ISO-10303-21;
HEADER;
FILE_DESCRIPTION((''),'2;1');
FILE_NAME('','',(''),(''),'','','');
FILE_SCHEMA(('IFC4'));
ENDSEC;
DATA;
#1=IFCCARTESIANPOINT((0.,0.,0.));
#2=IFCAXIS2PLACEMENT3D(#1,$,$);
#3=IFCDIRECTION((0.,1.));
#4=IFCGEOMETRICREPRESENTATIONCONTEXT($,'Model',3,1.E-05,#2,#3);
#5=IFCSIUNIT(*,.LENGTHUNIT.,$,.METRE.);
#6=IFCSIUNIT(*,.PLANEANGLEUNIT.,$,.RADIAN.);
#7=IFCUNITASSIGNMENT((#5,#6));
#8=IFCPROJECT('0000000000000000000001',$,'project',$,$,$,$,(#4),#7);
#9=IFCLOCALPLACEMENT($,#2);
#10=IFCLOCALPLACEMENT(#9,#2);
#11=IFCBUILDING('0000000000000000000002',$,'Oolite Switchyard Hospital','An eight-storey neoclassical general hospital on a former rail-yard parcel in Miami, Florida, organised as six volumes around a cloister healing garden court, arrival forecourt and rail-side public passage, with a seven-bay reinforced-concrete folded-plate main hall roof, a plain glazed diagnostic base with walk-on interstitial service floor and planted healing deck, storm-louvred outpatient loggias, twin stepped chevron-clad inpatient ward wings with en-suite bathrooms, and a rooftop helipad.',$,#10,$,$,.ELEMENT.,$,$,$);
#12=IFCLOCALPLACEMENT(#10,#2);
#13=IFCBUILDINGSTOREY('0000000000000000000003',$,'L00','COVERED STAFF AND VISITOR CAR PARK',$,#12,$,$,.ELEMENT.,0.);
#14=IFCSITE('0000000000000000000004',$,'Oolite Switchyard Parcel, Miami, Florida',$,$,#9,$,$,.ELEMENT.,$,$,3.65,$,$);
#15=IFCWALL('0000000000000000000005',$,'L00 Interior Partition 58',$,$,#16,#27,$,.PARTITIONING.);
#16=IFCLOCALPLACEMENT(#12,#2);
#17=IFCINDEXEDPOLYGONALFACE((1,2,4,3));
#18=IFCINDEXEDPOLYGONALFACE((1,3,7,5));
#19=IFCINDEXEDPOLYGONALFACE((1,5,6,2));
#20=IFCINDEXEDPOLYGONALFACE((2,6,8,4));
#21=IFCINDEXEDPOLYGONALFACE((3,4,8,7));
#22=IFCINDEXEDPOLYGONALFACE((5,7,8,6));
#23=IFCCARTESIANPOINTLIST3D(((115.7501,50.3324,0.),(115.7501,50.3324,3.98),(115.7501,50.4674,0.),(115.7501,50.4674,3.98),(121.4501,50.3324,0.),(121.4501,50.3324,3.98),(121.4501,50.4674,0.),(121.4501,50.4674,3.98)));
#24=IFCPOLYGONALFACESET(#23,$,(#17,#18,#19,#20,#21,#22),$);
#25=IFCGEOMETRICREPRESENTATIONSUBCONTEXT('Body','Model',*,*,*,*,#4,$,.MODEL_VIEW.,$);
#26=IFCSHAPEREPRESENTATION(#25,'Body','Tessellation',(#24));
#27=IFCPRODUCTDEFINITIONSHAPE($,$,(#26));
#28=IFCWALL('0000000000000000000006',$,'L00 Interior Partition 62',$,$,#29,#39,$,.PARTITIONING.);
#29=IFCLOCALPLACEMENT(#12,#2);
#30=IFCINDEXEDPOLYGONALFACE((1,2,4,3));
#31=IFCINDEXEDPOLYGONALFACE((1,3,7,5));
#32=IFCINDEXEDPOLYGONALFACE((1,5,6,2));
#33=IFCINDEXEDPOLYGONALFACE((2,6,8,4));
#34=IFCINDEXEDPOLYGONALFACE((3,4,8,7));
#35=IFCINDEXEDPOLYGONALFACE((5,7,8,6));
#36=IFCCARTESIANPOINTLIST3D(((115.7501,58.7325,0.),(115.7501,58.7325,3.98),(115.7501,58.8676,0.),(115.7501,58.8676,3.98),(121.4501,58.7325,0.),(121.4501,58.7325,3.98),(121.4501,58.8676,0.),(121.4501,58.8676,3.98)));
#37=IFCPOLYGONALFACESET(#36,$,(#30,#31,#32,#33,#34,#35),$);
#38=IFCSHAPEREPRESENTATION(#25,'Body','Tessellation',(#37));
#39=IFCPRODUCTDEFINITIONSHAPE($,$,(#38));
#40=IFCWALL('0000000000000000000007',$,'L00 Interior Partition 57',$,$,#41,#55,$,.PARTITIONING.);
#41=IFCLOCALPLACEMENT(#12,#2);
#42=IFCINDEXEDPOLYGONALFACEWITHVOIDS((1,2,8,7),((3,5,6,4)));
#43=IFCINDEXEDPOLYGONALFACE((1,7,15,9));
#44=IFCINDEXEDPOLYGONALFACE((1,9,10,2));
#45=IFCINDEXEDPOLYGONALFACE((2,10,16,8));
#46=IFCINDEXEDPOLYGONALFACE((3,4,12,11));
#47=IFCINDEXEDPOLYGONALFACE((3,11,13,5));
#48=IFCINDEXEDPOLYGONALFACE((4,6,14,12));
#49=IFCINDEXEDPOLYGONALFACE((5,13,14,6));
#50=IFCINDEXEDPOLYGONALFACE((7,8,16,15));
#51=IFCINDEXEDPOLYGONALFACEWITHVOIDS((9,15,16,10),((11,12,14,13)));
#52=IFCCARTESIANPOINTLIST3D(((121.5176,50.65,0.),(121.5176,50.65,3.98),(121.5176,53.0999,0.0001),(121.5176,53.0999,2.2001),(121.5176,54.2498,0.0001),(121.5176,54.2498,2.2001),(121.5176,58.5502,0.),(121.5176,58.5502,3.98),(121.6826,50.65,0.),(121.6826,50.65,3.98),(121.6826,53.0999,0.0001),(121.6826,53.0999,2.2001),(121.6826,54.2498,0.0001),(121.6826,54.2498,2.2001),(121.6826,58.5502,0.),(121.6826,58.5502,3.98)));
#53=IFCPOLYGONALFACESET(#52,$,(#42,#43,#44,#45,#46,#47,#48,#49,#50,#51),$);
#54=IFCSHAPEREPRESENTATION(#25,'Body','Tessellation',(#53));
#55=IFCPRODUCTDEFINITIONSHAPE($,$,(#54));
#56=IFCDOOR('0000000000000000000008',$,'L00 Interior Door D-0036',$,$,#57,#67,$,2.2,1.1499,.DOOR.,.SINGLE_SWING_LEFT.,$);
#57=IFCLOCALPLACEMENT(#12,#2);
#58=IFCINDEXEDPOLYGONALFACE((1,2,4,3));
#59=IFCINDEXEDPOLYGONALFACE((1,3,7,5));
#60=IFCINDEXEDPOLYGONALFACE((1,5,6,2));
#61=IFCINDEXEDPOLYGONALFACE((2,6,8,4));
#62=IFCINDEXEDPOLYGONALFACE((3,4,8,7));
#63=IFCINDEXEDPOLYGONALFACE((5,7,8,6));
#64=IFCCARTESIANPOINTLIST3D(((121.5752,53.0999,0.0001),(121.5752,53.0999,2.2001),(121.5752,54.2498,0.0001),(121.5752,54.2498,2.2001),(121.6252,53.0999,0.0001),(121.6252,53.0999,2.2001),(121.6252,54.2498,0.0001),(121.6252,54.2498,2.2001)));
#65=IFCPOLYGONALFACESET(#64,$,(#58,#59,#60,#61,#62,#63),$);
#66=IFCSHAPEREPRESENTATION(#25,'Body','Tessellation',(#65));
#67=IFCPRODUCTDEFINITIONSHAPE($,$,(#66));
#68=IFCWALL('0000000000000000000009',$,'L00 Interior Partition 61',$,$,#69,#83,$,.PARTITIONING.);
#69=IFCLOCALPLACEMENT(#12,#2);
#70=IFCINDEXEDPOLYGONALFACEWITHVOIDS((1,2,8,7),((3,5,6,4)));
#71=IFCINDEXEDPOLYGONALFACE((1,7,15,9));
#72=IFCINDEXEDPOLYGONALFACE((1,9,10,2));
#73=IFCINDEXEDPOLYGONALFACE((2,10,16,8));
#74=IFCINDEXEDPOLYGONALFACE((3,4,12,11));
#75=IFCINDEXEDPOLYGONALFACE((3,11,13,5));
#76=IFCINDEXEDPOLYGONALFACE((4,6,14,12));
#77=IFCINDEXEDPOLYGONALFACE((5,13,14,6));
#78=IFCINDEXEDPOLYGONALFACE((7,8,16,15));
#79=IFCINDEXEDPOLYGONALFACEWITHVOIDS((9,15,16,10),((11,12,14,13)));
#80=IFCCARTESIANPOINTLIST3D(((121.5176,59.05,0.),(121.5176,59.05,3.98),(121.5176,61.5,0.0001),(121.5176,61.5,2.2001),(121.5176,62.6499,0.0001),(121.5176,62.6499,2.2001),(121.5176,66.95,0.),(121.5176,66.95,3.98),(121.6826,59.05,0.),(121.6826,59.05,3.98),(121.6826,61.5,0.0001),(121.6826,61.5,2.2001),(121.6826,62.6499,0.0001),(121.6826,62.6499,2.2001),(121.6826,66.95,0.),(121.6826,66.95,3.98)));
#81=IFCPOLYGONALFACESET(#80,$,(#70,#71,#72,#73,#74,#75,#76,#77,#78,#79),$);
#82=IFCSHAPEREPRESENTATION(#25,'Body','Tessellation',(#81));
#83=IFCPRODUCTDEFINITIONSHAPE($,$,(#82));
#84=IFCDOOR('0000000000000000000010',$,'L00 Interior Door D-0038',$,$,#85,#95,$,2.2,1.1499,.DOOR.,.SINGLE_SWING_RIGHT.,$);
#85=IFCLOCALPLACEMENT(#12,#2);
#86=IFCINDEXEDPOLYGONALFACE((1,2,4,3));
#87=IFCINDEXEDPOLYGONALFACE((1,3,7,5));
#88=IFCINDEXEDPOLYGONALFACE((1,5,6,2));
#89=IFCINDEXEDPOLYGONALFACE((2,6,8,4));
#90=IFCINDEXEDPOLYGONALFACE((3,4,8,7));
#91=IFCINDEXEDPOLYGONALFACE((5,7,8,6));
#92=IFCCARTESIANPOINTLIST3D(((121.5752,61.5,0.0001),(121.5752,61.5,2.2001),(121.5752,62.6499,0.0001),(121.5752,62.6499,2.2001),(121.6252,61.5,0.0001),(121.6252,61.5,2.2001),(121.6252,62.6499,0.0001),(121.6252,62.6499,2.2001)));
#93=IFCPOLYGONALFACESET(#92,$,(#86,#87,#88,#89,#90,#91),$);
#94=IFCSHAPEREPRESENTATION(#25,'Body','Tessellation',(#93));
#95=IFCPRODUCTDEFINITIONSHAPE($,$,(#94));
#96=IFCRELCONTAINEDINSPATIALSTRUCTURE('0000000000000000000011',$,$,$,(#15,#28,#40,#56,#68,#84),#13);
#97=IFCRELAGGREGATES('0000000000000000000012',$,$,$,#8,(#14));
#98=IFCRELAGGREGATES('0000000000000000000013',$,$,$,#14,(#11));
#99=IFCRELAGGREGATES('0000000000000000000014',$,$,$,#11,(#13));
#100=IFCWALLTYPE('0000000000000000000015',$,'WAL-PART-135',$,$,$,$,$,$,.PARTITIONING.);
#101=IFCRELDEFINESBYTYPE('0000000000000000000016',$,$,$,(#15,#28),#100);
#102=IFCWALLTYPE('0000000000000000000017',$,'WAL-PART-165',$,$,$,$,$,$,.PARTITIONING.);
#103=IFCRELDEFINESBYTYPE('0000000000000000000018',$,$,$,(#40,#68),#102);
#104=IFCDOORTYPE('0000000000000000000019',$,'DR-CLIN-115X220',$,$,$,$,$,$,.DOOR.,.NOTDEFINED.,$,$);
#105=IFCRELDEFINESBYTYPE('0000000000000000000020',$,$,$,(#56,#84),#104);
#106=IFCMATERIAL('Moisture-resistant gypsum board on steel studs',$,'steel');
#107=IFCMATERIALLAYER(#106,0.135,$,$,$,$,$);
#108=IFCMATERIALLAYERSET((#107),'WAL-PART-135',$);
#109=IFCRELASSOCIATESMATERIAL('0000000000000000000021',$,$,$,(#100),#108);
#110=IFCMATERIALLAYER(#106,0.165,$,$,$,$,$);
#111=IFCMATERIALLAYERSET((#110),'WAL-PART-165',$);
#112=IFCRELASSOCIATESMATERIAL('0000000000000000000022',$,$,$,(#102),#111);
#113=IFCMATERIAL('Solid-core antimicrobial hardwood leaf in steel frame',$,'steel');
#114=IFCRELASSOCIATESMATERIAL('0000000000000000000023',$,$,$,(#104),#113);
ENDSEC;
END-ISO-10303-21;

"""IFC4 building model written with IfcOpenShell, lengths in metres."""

from ifc_helpers import new_model, si_unit, direction, frame, frame_2d, origin, place, context, subcontext, project, spatial, rectangle, extrude, material, layer, layer_set, type_object, element, fill, save


model = new_model("IFC4")

# Units and contexts
model_context = context("Model", 3, precision=1e-05, world=origin(), true_north=direction((0.0, 1.0)))
body_context = subcontext(model_context, "Body", "Model", "MODEL_VIEW")
ifc_project = project(units=[si_unit("LENGTHUNIT", "METRE"), si_unit("PLANEANGLEUNIT", "RADIAN")], contexts=[model_context])

# Site, building, storey
site_placement = place(None, origin())
site = spatial("IfcSite", under=ifc_project, at=site_placement, Name="Oolite Switchyard Parcel, Miami, Florida", CompositionType="ELEMENT", RefElevation=3.65)
building_placement = place(site_placement, origin())
building = spatial("IfcBuilding", under=site, at=building_placement, Name="Oolite Switchyard Hospital", Description="An eight-storey neoclassical general hospital on a former rail-yard parcel in Miami, Florida, organised as six volumes around a cloister healing garden court, arrival forecourt and rail-side public passage, with a seven-bay reinforced-concrete folded-plate main hall roof, a plain glazed diagnostic base with walk-on interstitial service floor and planted healing deck, storm-louvred outpatient loggias, twin stepped chevron-clad inpatient ward wings with en-suite bathrooms, and a rooftop helipad.", CompositionType="ELEMENT")
storey_placement = place(building_placement, origin())
storey = spatial("IfcBuildingStorey", under=building, at=storey_placement, Name="L00", Description="COVERED STAFF AND VISITOR CAR PARK", CompositionType="ELEMENT", Elevation=0.0)

# Walls
ifc_material_1 = material(Name="Moisture-resistant gypsum board on steel studs", Category="steel")
ifc_layer_1 = layer(ifc_material_1, 0.135)
ifc_layer_set_1 = layer_set([ifc_layer_1], Name="WAL-PART-135")
wall_type_1 = type_object("IfcWallType", Name="WAL-PART-135", PredefinedType="PARTITIONING", material=ifc_layer_set_1)
for number, where, z_axis, x_axis, name in (
    (1, (115.75, 50.3999, 0.0), (0.0, 0.0, 1.0), (1.0, 0.0, 0.0), "L00 Interior Partition 58"),
    (2, (115.75, 58.8, 0.0), (0.0, 0.0, 1.0), (1.0, 0.0, 0.0), "L00 Interior Partition 62"),
):
    element("IfcWall", number, at=place(storey_placement, frame(where, z_axis=z_axis, x_axis=x_axis)), inside=storey, type_object=wall_type_1, Name=name, PredefinedType="PARTITIONING", context=body_context, shape_type="SweptSolid", body=[
        extrude(rectangle(XDim=5.7, YDim=0.135, at=frame_2d((2.8501, 0.0))), origin(), (0.0, 0.0, 1.0), 3.98),
    ])

# Walls, openings, doors
ifc_layer_2 = layer(ifc_material_1, 0.165)
ifc_layer_set_2 = layer_set([ifc_layer_2], Name="WAL-PART-165")
wall_type_2 = type_object("IfcWallType", Name="WAL-PART-165", PredefinedType="PARTITIONING", material=ifc_layer_set_2)
wall_1_placement = place(storey_placement, frame((121.6001, 50.6499, 0.0), z_axis=(0.0, 0.0, 1.0), x_axis=(0.0, 1.0, 0.0)))
wall_1 = element("IfcWall", 3, at=wall_1_placement, inside=storey, type_object=wall_type_2, Name="L00 Interior Partition 57", PredefinedType="PARTITIONING", context=body_context, shape_type="SweptSolid", body=[
    extrude(rectangle(XDim=7.9001, YDim=0.165, at=frame_2d((3.9502, 0.0))), origin(), (0.0, 0.0, 1.0), 3.98),
])
opening_1_placement = place(wall_1_placement, frame((2.45, 0.0, 0.0)))
opening_1 = element("IfcOpeningElement", 4, at=opening_1_placement, cuts=wall_1, PredefinedType="OPENING", context=body_context, shape_type="SweptSolid", body=[
    extrude(rectangle(XDim=1.1499, YDim=2.2, at=frame_2d((0.575, 1.1001))), frame((0.0, 0.0925, 0.0), z_axis=(0.0, -1.0, 0.0), x_axis=(1.0, 0.0, 0.0)), (0.0, 0.0, 1.0), 0.1851),
])
ifc_material_2 = material(Name="Solid-core antimicrobial hardwood leaf in steel frame", Category="steel")
door_type = type_object("IfcDoorType", Name="DR-CLIN-115X220", OperationType="NOTDEFINED", PredefinedType="DOOR", material=ifc_material_2)
door_1_placement = place(opening_1_placement, origin())
door_1 = element("IfcDoor", 5, at=door_1_placement, inside=storey, type_object=door_type, Name="L00 Interior Door D-0036", OperationType="SINGLE_SWING_LEFT", OverallHeight=2.2, OverallWidth=1.1499, PredefinedType="DOOR", context=body_context, shape_type="SweptSolid", body=[
    extrude(rectangle(XDim=1.1499, YDim=2.2, at=frame_2d((0.575, 1.1001))), frame((0.0, 0.0249, 0.0), z_axis=(0.0, -1.0, 0.0), x_axis=(1.0, 0.0, 0.0)), (0.0, 0.0, 1.0), 0.05),
])
fill(opening_1, door_1)
wall_2_placement = place(storey_placement, frame((121.6001, 59.05, 0.0), z_axis=(0.0, 0.0, 1.0), x_axis=(0.0, 1.0, 0.0)))
wall_2 = element("IfcWall", 6, at=wall_2_placement, inside=storey, type_object=wall_type_2, Name="L00 Interior Partition 61", PredefinedType="PARTITIONING", context=body_context, shape_type="SweptSolid", body=[
    extrude(rectangle(XDim=7.8999, YDim=0.165, at=frame_2d((3.95, 0.0))), origin(), (0.0, 0.0, 1.0), 3.98),
])
opening_2_placement = place(wall_2_placement, frame((2.45, 0.0, 0.0)))
opening_2 = element("IfcOpeningElement", 7, at=opening_2_placement, cuts=wall_2, PredefinedType="OPENING", context=body_context, shape_type="SweptSolid", body=[
    extrude(rectangle(XDim=1.1499, YDim=2.2, at=frame_2d((0.575, 1.1001))), frame((0.0, 0.0925, 0.0), z_axis=(0.0, -1.0, 0.0), x_axis=(1.0, 0.0, 0.0)), (0.0, 0.0, 1.0), 0.1851),
])
door_2_placement = place(opening_2_placement, origin())
door_2 = element("IfcDoor", 8, at=door_2_placement, inside=storey, type_object=door_type, Name="L00 Interior Door D-0038", OperationType="SINGLE_SWING_RIGHT", OverallHeight=2.2, OverallWidth=1.1499, PredefinedType="DOOR", context=body_context, shape_type="SweptSolid", body=[
    extrude(rectangle(XDim=1.1499, YDim=2.2, at=frame_2d((0.575, 1.1001))), frame((0.0, 0.0249, 0.0), z_axis=(0.0, -1.0, 0.0), x_axis=(1.0, 0.0, 0.0)), (0.0, 0.0, 1.0), 0.05),
])
fill(opening_2, door_2)

save(model, "model.ifc")
